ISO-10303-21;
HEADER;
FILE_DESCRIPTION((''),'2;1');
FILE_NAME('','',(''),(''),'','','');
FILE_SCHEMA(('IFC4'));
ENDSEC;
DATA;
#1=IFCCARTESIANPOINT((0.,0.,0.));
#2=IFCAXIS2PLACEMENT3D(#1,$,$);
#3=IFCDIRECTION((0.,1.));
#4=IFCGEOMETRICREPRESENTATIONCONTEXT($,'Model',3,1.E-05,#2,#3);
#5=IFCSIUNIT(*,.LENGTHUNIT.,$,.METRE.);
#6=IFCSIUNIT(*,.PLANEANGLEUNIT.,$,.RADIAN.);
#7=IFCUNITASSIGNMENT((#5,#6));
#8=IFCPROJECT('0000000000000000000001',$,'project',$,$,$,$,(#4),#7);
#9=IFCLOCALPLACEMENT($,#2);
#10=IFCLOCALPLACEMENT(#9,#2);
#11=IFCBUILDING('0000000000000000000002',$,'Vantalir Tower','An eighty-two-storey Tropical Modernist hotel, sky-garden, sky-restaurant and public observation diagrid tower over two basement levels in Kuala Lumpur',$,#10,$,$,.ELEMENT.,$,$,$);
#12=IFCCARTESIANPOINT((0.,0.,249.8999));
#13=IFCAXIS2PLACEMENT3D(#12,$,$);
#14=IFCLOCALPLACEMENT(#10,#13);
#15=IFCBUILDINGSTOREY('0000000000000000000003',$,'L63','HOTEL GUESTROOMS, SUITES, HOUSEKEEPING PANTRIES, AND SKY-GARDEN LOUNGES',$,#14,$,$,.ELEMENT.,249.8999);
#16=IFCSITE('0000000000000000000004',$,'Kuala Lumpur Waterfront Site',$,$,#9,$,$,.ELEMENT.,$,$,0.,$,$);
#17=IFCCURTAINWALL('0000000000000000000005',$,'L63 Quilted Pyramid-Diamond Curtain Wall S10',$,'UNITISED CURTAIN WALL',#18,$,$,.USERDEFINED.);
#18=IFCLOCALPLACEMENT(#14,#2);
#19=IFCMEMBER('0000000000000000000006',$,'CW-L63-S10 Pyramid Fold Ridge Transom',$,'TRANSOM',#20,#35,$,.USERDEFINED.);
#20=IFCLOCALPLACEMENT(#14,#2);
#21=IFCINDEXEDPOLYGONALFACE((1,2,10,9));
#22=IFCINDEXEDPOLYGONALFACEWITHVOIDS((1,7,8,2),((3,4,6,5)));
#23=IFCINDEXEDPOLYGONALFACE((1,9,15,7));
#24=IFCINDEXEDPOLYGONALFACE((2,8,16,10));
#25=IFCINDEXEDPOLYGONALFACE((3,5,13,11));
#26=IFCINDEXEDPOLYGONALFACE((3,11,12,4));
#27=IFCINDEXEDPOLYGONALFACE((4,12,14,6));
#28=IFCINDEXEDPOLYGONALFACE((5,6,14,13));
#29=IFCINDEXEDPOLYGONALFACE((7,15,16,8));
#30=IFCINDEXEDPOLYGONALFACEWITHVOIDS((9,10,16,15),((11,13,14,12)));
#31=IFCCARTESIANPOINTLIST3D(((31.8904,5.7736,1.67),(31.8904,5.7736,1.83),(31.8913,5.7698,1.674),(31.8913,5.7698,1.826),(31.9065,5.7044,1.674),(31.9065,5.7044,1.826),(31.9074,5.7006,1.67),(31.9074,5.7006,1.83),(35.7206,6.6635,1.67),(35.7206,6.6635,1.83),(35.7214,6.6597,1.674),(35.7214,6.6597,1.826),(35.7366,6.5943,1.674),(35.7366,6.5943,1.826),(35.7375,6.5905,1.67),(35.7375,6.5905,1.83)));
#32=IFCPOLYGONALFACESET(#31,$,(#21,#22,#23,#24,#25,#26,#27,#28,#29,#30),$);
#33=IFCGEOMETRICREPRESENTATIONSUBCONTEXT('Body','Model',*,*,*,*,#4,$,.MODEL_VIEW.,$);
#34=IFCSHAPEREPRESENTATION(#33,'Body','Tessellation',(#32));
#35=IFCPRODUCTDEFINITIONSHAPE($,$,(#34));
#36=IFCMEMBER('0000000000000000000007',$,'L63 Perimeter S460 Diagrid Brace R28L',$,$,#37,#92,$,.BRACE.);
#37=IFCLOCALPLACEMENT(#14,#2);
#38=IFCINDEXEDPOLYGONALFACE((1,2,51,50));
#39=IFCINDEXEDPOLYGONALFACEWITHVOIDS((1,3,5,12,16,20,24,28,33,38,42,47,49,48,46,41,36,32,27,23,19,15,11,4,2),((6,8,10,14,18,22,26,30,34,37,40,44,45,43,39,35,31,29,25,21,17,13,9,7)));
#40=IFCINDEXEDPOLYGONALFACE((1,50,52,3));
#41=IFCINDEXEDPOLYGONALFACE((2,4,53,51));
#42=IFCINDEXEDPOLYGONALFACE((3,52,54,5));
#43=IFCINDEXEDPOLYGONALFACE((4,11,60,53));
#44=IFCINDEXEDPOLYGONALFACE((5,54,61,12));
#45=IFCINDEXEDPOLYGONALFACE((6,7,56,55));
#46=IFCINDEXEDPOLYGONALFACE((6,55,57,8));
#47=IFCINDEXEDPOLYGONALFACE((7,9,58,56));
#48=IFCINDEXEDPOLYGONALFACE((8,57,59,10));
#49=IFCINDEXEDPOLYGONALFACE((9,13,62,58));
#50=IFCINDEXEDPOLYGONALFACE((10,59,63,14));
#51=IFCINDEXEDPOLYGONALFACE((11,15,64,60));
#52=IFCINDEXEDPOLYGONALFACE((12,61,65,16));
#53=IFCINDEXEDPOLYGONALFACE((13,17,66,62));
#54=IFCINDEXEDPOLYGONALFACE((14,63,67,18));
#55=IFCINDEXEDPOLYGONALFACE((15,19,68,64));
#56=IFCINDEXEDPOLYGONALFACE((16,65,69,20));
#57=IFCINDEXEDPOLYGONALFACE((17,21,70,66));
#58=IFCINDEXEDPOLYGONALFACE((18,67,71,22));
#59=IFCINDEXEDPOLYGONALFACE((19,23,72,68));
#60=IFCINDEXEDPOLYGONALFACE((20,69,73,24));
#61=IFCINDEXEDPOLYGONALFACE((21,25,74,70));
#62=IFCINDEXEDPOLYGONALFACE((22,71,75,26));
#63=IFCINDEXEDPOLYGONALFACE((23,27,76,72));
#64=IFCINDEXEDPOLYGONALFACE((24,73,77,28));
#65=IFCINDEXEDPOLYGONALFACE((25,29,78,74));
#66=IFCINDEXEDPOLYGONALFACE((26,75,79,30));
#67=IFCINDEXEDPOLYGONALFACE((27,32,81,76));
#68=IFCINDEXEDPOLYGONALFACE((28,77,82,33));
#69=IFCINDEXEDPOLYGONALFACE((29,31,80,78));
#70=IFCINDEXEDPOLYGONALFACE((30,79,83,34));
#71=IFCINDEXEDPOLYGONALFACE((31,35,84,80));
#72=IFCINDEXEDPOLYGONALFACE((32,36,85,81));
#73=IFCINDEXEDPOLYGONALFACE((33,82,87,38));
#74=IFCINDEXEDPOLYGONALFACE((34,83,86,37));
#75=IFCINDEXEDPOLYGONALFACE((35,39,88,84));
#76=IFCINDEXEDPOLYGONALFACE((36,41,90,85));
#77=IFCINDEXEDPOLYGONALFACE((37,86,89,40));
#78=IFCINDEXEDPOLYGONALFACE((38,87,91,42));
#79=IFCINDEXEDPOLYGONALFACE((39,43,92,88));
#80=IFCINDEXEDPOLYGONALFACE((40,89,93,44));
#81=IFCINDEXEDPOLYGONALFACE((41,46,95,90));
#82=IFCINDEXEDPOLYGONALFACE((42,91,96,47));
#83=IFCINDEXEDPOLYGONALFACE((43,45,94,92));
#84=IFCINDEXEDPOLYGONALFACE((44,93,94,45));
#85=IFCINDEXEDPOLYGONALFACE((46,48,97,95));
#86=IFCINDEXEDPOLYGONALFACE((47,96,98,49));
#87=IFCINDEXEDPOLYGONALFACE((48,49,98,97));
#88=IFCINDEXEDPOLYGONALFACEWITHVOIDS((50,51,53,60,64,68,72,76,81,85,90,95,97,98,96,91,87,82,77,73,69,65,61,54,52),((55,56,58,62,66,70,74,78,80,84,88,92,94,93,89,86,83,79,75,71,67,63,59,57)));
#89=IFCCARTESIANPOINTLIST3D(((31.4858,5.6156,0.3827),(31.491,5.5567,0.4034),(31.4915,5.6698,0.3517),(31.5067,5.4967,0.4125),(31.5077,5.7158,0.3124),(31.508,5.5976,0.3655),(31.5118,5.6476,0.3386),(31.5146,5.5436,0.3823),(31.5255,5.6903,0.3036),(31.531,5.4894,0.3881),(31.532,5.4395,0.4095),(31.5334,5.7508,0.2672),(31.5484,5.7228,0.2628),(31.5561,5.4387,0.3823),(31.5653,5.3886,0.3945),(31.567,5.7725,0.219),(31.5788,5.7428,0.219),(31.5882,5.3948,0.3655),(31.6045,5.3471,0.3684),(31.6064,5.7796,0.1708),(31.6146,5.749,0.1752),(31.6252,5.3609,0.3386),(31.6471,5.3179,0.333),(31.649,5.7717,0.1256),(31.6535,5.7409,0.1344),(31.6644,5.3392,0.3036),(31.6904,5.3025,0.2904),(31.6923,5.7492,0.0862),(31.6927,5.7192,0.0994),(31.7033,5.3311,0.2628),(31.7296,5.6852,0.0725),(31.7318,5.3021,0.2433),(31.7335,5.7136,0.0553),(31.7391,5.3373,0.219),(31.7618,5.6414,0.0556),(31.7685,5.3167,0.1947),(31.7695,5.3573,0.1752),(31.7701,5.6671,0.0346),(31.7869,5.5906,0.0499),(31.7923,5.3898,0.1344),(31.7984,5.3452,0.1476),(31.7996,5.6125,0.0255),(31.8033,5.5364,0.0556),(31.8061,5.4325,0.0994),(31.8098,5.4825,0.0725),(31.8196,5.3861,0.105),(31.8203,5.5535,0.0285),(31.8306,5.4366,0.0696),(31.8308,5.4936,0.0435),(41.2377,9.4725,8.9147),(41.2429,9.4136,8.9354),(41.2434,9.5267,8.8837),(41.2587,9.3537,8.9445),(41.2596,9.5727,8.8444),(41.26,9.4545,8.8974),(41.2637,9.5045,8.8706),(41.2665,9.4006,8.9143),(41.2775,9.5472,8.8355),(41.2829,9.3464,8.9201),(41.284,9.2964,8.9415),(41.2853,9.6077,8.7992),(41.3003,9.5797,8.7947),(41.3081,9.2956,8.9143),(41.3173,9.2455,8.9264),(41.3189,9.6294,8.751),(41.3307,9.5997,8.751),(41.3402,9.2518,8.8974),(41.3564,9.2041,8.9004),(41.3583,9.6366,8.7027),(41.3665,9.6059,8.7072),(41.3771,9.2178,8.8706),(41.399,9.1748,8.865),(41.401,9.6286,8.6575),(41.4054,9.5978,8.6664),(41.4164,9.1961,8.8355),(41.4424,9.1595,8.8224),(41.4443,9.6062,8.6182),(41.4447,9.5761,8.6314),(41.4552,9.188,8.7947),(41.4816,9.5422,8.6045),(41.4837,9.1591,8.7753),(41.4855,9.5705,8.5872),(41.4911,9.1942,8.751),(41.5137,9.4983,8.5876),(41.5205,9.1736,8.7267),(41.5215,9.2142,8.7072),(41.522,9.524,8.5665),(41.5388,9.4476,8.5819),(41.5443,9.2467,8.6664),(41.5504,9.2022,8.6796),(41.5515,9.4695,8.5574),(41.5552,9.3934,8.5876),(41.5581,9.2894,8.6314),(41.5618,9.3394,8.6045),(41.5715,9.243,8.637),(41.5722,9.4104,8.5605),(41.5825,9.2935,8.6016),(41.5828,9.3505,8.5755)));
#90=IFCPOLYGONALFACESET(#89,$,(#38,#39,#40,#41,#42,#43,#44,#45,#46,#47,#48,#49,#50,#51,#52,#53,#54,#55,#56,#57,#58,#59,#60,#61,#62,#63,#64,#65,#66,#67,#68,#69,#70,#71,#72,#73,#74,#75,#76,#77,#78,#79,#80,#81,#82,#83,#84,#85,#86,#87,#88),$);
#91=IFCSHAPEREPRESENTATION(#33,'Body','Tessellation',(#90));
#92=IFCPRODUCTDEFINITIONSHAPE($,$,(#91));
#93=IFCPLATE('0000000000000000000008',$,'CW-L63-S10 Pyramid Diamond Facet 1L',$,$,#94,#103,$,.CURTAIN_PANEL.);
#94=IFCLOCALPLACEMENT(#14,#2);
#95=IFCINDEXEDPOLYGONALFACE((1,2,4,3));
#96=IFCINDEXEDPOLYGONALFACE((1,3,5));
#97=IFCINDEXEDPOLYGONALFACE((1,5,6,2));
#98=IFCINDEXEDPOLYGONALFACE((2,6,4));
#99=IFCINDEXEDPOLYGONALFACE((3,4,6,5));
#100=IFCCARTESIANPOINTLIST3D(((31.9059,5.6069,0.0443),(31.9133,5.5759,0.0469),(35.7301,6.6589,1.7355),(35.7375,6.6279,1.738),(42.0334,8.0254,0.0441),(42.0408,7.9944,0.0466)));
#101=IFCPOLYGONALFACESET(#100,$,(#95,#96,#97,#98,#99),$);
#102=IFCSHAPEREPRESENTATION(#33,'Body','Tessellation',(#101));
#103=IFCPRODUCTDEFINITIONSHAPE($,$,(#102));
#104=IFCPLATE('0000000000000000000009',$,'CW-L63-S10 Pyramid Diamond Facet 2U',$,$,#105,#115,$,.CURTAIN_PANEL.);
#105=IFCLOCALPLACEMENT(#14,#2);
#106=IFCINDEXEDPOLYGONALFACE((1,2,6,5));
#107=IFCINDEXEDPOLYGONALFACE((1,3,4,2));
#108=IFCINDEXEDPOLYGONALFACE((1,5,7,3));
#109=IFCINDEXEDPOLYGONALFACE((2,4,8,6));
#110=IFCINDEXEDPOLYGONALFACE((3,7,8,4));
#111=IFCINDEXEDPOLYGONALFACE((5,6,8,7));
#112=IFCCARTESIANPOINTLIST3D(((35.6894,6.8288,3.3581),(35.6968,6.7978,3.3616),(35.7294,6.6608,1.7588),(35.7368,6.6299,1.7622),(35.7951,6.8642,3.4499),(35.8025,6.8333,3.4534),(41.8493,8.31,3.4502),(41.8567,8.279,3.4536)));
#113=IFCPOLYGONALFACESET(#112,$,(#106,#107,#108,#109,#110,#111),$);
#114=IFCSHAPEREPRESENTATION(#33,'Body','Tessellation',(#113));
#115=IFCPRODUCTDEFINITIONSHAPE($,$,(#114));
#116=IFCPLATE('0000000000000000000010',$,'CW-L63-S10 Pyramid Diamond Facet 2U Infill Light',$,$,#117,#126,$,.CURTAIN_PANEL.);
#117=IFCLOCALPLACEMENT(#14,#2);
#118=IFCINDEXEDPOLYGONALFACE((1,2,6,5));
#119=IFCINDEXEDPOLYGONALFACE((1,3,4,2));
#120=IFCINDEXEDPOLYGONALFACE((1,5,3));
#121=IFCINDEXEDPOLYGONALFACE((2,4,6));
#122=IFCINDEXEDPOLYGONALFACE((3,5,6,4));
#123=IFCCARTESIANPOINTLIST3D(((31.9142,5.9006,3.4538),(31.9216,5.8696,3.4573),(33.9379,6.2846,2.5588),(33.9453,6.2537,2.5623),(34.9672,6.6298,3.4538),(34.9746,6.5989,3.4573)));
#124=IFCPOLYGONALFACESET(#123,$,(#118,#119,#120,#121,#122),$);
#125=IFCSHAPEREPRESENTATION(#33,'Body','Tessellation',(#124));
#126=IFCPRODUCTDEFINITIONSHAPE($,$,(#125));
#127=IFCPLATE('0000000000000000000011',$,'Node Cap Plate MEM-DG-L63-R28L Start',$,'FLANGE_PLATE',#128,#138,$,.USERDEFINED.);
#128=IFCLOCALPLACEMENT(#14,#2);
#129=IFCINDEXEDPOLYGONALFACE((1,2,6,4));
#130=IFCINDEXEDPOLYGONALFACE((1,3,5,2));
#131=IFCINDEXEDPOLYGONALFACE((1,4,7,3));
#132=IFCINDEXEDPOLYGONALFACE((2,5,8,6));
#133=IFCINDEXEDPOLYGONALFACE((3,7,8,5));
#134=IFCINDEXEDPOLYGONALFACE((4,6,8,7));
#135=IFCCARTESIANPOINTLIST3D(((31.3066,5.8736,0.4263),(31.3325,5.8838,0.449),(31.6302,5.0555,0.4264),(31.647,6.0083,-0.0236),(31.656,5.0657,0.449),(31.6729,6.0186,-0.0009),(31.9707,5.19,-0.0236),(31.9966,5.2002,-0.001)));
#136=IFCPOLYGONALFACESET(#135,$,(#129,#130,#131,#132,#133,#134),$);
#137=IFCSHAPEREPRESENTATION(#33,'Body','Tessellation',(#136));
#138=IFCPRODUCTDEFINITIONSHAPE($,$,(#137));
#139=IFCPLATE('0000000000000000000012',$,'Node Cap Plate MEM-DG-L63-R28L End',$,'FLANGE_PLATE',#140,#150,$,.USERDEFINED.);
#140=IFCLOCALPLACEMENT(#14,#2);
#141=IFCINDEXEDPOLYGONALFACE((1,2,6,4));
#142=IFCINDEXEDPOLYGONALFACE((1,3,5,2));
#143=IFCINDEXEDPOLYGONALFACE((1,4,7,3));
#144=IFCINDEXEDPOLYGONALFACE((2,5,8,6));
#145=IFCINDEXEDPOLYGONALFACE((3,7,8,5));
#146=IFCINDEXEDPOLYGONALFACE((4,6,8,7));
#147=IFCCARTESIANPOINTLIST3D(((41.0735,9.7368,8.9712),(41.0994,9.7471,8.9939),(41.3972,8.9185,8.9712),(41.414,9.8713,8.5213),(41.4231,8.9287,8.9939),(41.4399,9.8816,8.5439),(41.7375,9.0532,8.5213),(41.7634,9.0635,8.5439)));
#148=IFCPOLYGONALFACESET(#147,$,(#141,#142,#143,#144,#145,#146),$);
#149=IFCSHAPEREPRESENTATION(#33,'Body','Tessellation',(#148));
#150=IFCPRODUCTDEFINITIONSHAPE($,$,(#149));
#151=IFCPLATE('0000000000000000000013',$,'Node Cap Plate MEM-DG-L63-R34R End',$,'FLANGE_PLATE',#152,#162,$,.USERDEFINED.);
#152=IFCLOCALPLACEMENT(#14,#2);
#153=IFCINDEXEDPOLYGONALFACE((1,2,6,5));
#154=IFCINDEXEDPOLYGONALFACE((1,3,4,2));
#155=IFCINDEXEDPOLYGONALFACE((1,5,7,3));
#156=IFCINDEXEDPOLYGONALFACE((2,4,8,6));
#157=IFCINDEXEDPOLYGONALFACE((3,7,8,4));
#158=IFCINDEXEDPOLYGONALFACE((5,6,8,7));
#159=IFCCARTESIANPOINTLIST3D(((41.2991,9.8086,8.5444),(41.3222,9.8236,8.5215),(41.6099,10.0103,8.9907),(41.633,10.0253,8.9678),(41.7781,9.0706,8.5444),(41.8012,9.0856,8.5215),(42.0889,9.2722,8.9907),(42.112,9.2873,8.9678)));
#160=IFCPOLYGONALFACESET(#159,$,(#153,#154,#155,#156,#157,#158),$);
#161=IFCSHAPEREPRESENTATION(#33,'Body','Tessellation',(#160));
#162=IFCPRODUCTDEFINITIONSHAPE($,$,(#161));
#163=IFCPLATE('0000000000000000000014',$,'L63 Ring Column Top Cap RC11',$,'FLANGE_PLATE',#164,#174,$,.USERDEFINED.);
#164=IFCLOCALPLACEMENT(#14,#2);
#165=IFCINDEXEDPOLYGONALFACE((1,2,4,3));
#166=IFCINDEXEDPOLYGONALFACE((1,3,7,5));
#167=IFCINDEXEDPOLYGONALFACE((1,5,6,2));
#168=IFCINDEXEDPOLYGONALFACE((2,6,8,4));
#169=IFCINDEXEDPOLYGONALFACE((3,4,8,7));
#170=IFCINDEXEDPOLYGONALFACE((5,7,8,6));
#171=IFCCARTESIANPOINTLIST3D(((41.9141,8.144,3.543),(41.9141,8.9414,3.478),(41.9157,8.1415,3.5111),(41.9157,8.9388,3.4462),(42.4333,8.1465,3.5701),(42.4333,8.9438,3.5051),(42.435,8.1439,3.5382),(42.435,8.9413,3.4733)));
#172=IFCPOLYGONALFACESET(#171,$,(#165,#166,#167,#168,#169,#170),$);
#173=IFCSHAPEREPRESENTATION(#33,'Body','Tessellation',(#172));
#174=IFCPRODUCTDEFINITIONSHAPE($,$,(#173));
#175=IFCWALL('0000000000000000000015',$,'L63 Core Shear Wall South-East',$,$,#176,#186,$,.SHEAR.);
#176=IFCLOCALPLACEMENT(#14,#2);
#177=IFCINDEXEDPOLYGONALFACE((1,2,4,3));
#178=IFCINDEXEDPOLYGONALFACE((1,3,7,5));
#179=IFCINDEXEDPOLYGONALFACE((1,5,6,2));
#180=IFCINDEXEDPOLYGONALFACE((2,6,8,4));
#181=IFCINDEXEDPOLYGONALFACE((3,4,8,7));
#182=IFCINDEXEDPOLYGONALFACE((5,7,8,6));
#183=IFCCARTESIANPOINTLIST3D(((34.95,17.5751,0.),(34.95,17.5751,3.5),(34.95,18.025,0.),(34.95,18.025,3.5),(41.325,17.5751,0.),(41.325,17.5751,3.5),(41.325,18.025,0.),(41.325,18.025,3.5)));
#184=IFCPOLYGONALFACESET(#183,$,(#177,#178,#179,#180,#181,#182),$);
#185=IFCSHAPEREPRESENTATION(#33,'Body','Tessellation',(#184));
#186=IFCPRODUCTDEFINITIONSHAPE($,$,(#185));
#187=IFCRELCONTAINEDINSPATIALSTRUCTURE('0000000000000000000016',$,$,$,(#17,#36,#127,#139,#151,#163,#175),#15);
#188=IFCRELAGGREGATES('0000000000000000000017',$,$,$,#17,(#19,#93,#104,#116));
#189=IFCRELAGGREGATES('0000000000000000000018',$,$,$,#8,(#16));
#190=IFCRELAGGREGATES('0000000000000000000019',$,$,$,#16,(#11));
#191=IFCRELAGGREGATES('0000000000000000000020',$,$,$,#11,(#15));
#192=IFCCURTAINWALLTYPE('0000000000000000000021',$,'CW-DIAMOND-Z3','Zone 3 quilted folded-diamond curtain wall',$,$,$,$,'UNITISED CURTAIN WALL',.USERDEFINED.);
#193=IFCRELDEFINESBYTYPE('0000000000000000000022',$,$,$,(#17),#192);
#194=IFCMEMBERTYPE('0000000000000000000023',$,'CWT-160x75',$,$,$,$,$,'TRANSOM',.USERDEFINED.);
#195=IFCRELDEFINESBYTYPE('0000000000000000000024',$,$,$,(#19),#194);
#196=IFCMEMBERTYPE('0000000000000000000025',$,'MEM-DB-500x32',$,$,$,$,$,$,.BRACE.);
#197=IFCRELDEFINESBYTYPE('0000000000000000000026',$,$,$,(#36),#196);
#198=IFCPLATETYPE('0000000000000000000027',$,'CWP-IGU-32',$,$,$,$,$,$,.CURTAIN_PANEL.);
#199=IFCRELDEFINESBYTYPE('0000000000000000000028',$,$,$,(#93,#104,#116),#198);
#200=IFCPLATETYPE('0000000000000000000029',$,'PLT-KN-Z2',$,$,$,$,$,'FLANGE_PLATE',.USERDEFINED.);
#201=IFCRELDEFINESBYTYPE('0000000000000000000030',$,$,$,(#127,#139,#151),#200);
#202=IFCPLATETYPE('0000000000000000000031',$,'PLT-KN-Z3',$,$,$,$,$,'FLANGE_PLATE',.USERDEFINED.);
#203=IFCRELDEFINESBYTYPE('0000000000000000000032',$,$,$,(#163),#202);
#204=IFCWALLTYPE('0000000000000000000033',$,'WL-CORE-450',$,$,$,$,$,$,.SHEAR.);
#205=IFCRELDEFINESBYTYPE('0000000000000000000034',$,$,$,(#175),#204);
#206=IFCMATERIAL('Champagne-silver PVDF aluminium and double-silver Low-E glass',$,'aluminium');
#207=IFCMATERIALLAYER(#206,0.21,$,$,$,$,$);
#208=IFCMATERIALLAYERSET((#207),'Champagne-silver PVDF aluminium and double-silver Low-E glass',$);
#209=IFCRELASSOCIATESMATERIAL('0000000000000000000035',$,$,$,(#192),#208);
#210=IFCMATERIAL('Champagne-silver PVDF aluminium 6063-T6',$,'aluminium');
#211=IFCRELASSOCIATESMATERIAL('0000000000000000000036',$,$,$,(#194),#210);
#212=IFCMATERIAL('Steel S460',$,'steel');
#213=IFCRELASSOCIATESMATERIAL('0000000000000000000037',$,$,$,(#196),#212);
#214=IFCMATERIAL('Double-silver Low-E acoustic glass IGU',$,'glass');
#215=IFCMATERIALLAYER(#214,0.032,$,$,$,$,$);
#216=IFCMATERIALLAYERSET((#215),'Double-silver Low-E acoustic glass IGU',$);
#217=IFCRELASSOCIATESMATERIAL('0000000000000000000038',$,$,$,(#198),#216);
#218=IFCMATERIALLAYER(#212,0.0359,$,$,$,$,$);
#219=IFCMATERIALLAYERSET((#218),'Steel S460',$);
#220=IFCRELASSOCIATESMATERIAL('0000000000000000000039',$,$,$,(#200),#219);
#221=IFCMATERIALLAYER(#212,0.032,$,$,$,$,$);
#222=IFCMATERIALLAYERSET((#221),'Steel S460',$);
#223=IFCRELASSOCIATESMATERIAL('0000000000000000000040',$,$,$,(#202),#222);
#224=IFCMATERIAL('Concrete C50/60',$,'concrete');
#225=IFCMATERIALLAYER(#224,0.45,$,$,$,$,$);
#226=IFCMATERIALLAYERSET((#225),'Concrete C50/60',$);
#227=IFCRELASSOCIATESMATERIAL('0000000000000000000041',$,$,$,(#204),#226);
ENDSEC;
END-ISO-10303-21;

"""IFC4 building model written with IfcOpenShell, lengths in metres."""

from ifc_helpers import new_model, si_unit, direction, frame, frame_2d, origin, origin_2d, place, context, subcontext, project, spatial, polyline, rectangle, hollow_rectangle, hollow_circle, outline, extrude, material, layer, layer_set, material_profile, profile_set, type_object, element, aggregate, save


model = new_model("IFC4")

# Units and contexts
model_context = context("Model", 3, precision=1e-05, world=origin(), true_north=direction((0.0, 1.0)))
body_context = subcontext(model_context, "Body", "Model", "MODEL_VIEW")
ifc_project = project(units=[si_unit("LENGTHUNIT", "METRE"), si_unit("PLANEANGLEUNIT", "RADIAN")], contexts=[model_context])

# Site, building, storey
site_placement = place(None, origin())
site = spatial("IfcSite", under=ifc_project, at=site_placement, Name="Kuala Lumpur Waterfront Site", CompositionType="ELEMENT", RefElevation=0.0)
building_placement = place(site_placement, origin())
building = spatial("IfcBuilding", under=site, at=building_placement, Name="Vantalir Tower", Description="An eighty-two-storey Tropical Modernist hotel, sky-garden, sky-restaurant and public observation diagrid tower over two basement levels in Kuala Lumpur", CompositionType="ELEMENT")
storey_placement = place(building_placement, frame((0.0, 0.0, 249.8999)))
storey = spatial("IfcBuildingStorey", under=building, at=storey_placement, Name="L63", Description="HOTEL GUESTROOMS, SUITES, HOUSEKEEPING PANTRIES, AND SKY-GARDEN LOUNGES", CompositionType="ELEMENT", Elevation=249.8999)

# Shared definitions
ifc_material_1 = material(Name="Concrete C50/60", Category="concrete")
ifc_material_2 = material(Name="Steel S460", Category="steel")

# Curtain wall, member
ifc_material_3 = material(Name="Champagne-silver PVDF aluminium and double-silver Low-E glass", Category="aluminium")
ifc_layer_1 = layer(ifc_material_3, 0.21)
ifc_layer_set_1 = layer_set([ifc_layer_1], Name="Champagne-silver PVDF aluminium and double-silver Low-E glass")
curtain_wall_type = type_object("IfcCurtainWallType", Name="CW-DIAMOND-Z3", Description="Zone 3 quilted folded-diamond curtain wall", ElementType="UNITISED CURTAIN WALL", PredefinedType="USERDEFINED", material=ifc_layer_set_1)
curtain_wall_placement = place(storey_placement, origin())
curtain_wall = element("IfcCurtainWall", 1, at=curtain_wall_placement, inside=storey, type_object=curtain_wall_type, Name="L63 Quilted Pyramid-Diamond Curtain Wall S10", ObjectType="UNITISED CURTAIN WALL", PredefinedType="USERDEFINED")
ifc_material_4 = material(Name="Champagne-silver PVDF aluminium 6063-T6", Category="aluminium")
ifc_material_profile_1 = material_profile(ifc_material_4, hollow_rectangle(XDim=0.075, YDim=0.1599, WallThickness=0.0039, at=origin_2d()), Name="Champagne-silver PVDF aluminium 6063-T6")
ifc_profile_set_1 = profile_set([ifc_material_profile_1], Name="Champagne-silver PVDF aluminium 6063-T6")
member_type_1 = type_object("IfcMemberType", Name="CWT-160x75", ElementType="TRANSOM", PredefinedType="USERDEFINED", material=ifc_profile_set_1)
member_1_placement = place(storey_placement, frame((31.8989, 5.7371, 1.75), z_axis=(0.974054, 0.226315, 0.0), x_axis=(-0.226315, 0.974054, 0.0)))
member_1 = element("IfcMember", 2, at=member_1_placement, type_object=member_type_1, Name="CW-L63-S10 Pyramid Fold Ridge Transom", ObjectType="TRANSOM", PredefinedType="USERDEFINED", context=body_context, shape_type="SweptSolid", body=[
    extrude(hollow_rectangle(XDim=0.075, YDim=0.1599, WallThickness=0.0039, at=origin_2d()), origin(), (0.0, 0.0, 1.0), 3.9321),
])

# Member
ifc_material_profile_2 = material_profile(ifc_material_2, hollow_circle(Radius=0.25, WallThickness=0.032, at=origin_2d()), Name="Steel S460")
ifc_profile_set_2 = profile_set([ifc_material_profile_2], Name="Steel S460")
member_type_2 = type_object("IfcMemberType", Name="MEM-DB-500x32", PredefinedType="BRACE", material=ifc_profile_set_2)
member_2_placement = place(storey_placement, frame((31.6589, 5.54, 0.219), z_axis=(0.721336, 0.285291, 0.631097), x_axis=(-0.367783, 0.929911, 0.0)))
element("IfcMember", 3, at=member_2_placement, inside=storey, type_object=member_type_2, Name="L63 Perimeter S460 Diagrid Brace R28L", PredefinedType="BRACE", context=body_context, shape_type="SweptSolid", body=[
    extrude(hollow_circle(Radius=0.25, WallThickness=0.032, at=origin_2d()), origin(), (0.0, 0.0, 1.0), 13.5193),
])

# Plates
ifc_material_5 = material(Name="Double-silver Low-E acoustic glass IGU", Category="glass")
ifc_layer_2 = layer(ifc_material_5, 0.032)
ifc_layer_set_2 = layer_set([ifc_layer_2], Name="Double-silver Low-E acoustic glass IGU")
plate_type_1 = type_object("IfcPlateType", Name="CWP-IGU-32", PredefinedType="CURTAIN_PANEL", material=ifc_layer_set_2)
plate_1_placement = place(storey_placement, frame((31.9133, 5.5759, 0.0469), z_axis=(0.231537, -0.969568, 0.079554), x_axis=(0.972651, 0.232271, -0.000023)))
plate_1 = element("IfcPlate", 4, at=plate_1_placement, type_object=plate_type_1, Name="CW-L63-S10 Pyramid Diamond Facet 1L", PredefinedType="CURTAIN_PANEL", context=body_context, shape_type="SweptSolid", body=[
    extrude(outline(polyline([(0.0, 0.0), (10.4122, 0.0), (3.9639, 1.6966), (0.0, 0.0)])), origin(), (0.0, 0.0, -1.0), 0.032),
])
plate_2_placement = place(storey_placement, frame((35.8025, 6.8333, 3.4534), z_axis=(0.230928, -0.967034, 0.107322), x_axis=(0.972651, 0.232273, 0.00004)))
plate_2 = element("IfcPlate", 5, at=plate_2_placement, type_object=plate_type_1, Name="CW-L63-S10 Pyramid Diamond Facet 2U", PredefinedType="CURTAIN_PANEL", context=body_context, shape_type="SweptSolid", body=[
    extrude(outline(polyline([(0.0, 0.0), (6.2244, 0.0), (-0.1112, -1.701), (-0.111, -0.0923), (0.0, 0.0)])), origin(), (0.0, 0.0, -1.0), 0.032),
])
plate_3_placement = place(storey_placement, frame((31.9216, 5.8696, 3.4573), z_axis=(0.230986, -0.967017, 0.107345), x_axis=(0.972637, 0.232328, 0.0)))
plate_3 = element("IfcPlate", 6, at=plate_3_placement, type_object=plate_type_1, Name="CW-L63-S10 Pyramid Diamond Facet 2U Infill Light", PredefinedType="CURTAIN_PANEL", context=body_context, shape_type="SweptSolid", body=[
    extrude(outline(polyline([(0.0, 0.0), (3.1389, 0.0), (2.0575, -0.9002), (0.0, 0.0)])), origin(), (0.0, 0.0, -1.0), 0.032),
])
aggregate(curtain_wall, [member_1, plate_1, plate_2, plate_3])

# Plates
ifc_layer_3 = layer(ifc_material_2, 0.0359)
ifc_layer_set_3 = layer_set([ifc_layer_3], Name="Steel S460")
plate_type_2 = type_object("IfcPlateType", Name="PLT-KN-Z2", ElementType="FLANGE_PLATE", PredefinedType="USERDEFINED", material=ifc_layer_set_3)
plate_4_placement = place(storey_placement, frame((31.9966, 5.2002, -0.001), z_axis=(0.721306, 0.285273, 0.631139), x_axis=(-0.367805, 0.929903, 0.000038)))
element("IfcPlate", 7, at=plate_4_placement, inside=storey, type_object=plate_type_2, Name="Node Cap Plate MEM-DG-L63-R28L Start", ObjectType="FLANGE_PLATE", PredefinedType="USERDEFINED", context=body_context, shape_type="SweptSolid", body=[
    extrude(outline(polyline([(0.0, 0.0), (0.8801, 0.0), (0.8799, 0.58), (0.0002, 0.5801), (0.0, 0.0)])), origin(), (0.0, 0.0, -1.0), 0.0359),
])
plate_5_placement = place(storey_placement, frame((41.7634, 9.0635, 8.5439), z_axis=(0.721306, 0.285273, 0.631139), x_axis=(-0.367747, 0.929926, -0.000038)))
element("IfcPlate", 8, at=plate_5_placement, inside=storey, type_object=plate_type_2, Name="Node Cap Plate MEM-DG-L63-R28L End", ObjectType="FLANGE_PLATE", PredefinedType="USERDEFINED", context=body_context, shape_type="SweptSolid", body=[
    extrude(outline(polyline([(0.0, 0.0), (0.8797, 0.0), (0.8799, 0.5801), (-0.0002, 0.58), (0.0, 0.0)])), origin(), (0.0, 0.0, -1.0), 0.0359),
])
plate_6_placement = place(storey_placement, frame((41.2991, 9.8086, 8.5444), z_axis=(-0.645409, -0.418886, 0.638734), x_axis=(0.544413, -0.838817, 0.0)))
element("IfcPlate", 9, at=plate_6_placement, inside=storey, type_object=plate_type_2, Name="Node Cap Plate MEM-DG-L63-R34R End", ObjectType="FLANGE_PLATE", PredefinedType="USERDEFINED", context=body_context, shape_type="SweptSolid", body=[
    extrude(outline(polyline([(0.0, 0.0), (0.8799, 0.0), (0.8799, 0.58), (0.0, 0.58), (0.0, 0.0)])), origin(), (0.0, 0.0, -1.0), 0.0359),
])
ifc_layer_4 = layer(ifc_material_2, 0.032)
ifc_layer_set_4 = layer_set([ifc_layer_4], Name="Steel S460")
plate_type_3 = type_object("IfcPlateType", Name="PLT-KN-Z3", ElementType="FLANGE_PLATE", PredefinedType="USERDEFINED", material=ifc_layer_set_4)
plate_7_placement = place(storey_placement, frame((41.9141, 8.9414, 3.478), z_axis=(-0.052324, 0.081065, 0.995334), x_axis=(0.0, -0.9967, 0.081176)))
element("IfcPlate", 10, at=plate_7_placement, inside=storey, type_object=plate_type_3, Name="L63 Ring Column Top Cap RC11", ObjectType="FLANGE_PLATE", PredefinedType="USERDEFINED", context=body_context, shape_type="SweptSolid", body=[
    extrude(outline(polyline([(0.0, 0.0), (0.8, 0.0), (0.7998, 0.52), (-0.0002, 0.52), (0.0, 0.0)])), origin(), (0.0, 0.0, -1.0), 0.032),
])

# Wall
ifc_layer_5 = layer(ifc_material_1, 0.45)
ifc_layer_set_5 = layer_set([ifc_layer_5], Name="Concrete C50/60")
wall_type_1 = type_object("IfcWallType", Name="WL-CORE-450", PredefinedType="SHEAR", material=ifc_layer_set_5)
wall_1_placement = place(storey_placement, frame((34.95, 17.8, 0.0), z_axis=(0.0, 0.0, 1.0), x_axis=(1.0, 0.0, 0.0)))
element("IfcWall", 11, at=wall_1_placement, inside=storey, type_object=wall_type_1, Name="L63 Core Shear Wall South-East", PredefinedType="SHEAR", context=body_context, shape_type="SweptSolid", body=[
    extrude(rectangle(XDim=6.375, YDim=0.45, at=frame_2d((3.1875, 0.0))), origin(), (0.0, 0.0, 1.0), 3.5),
])

save(model, "model.ifc")
